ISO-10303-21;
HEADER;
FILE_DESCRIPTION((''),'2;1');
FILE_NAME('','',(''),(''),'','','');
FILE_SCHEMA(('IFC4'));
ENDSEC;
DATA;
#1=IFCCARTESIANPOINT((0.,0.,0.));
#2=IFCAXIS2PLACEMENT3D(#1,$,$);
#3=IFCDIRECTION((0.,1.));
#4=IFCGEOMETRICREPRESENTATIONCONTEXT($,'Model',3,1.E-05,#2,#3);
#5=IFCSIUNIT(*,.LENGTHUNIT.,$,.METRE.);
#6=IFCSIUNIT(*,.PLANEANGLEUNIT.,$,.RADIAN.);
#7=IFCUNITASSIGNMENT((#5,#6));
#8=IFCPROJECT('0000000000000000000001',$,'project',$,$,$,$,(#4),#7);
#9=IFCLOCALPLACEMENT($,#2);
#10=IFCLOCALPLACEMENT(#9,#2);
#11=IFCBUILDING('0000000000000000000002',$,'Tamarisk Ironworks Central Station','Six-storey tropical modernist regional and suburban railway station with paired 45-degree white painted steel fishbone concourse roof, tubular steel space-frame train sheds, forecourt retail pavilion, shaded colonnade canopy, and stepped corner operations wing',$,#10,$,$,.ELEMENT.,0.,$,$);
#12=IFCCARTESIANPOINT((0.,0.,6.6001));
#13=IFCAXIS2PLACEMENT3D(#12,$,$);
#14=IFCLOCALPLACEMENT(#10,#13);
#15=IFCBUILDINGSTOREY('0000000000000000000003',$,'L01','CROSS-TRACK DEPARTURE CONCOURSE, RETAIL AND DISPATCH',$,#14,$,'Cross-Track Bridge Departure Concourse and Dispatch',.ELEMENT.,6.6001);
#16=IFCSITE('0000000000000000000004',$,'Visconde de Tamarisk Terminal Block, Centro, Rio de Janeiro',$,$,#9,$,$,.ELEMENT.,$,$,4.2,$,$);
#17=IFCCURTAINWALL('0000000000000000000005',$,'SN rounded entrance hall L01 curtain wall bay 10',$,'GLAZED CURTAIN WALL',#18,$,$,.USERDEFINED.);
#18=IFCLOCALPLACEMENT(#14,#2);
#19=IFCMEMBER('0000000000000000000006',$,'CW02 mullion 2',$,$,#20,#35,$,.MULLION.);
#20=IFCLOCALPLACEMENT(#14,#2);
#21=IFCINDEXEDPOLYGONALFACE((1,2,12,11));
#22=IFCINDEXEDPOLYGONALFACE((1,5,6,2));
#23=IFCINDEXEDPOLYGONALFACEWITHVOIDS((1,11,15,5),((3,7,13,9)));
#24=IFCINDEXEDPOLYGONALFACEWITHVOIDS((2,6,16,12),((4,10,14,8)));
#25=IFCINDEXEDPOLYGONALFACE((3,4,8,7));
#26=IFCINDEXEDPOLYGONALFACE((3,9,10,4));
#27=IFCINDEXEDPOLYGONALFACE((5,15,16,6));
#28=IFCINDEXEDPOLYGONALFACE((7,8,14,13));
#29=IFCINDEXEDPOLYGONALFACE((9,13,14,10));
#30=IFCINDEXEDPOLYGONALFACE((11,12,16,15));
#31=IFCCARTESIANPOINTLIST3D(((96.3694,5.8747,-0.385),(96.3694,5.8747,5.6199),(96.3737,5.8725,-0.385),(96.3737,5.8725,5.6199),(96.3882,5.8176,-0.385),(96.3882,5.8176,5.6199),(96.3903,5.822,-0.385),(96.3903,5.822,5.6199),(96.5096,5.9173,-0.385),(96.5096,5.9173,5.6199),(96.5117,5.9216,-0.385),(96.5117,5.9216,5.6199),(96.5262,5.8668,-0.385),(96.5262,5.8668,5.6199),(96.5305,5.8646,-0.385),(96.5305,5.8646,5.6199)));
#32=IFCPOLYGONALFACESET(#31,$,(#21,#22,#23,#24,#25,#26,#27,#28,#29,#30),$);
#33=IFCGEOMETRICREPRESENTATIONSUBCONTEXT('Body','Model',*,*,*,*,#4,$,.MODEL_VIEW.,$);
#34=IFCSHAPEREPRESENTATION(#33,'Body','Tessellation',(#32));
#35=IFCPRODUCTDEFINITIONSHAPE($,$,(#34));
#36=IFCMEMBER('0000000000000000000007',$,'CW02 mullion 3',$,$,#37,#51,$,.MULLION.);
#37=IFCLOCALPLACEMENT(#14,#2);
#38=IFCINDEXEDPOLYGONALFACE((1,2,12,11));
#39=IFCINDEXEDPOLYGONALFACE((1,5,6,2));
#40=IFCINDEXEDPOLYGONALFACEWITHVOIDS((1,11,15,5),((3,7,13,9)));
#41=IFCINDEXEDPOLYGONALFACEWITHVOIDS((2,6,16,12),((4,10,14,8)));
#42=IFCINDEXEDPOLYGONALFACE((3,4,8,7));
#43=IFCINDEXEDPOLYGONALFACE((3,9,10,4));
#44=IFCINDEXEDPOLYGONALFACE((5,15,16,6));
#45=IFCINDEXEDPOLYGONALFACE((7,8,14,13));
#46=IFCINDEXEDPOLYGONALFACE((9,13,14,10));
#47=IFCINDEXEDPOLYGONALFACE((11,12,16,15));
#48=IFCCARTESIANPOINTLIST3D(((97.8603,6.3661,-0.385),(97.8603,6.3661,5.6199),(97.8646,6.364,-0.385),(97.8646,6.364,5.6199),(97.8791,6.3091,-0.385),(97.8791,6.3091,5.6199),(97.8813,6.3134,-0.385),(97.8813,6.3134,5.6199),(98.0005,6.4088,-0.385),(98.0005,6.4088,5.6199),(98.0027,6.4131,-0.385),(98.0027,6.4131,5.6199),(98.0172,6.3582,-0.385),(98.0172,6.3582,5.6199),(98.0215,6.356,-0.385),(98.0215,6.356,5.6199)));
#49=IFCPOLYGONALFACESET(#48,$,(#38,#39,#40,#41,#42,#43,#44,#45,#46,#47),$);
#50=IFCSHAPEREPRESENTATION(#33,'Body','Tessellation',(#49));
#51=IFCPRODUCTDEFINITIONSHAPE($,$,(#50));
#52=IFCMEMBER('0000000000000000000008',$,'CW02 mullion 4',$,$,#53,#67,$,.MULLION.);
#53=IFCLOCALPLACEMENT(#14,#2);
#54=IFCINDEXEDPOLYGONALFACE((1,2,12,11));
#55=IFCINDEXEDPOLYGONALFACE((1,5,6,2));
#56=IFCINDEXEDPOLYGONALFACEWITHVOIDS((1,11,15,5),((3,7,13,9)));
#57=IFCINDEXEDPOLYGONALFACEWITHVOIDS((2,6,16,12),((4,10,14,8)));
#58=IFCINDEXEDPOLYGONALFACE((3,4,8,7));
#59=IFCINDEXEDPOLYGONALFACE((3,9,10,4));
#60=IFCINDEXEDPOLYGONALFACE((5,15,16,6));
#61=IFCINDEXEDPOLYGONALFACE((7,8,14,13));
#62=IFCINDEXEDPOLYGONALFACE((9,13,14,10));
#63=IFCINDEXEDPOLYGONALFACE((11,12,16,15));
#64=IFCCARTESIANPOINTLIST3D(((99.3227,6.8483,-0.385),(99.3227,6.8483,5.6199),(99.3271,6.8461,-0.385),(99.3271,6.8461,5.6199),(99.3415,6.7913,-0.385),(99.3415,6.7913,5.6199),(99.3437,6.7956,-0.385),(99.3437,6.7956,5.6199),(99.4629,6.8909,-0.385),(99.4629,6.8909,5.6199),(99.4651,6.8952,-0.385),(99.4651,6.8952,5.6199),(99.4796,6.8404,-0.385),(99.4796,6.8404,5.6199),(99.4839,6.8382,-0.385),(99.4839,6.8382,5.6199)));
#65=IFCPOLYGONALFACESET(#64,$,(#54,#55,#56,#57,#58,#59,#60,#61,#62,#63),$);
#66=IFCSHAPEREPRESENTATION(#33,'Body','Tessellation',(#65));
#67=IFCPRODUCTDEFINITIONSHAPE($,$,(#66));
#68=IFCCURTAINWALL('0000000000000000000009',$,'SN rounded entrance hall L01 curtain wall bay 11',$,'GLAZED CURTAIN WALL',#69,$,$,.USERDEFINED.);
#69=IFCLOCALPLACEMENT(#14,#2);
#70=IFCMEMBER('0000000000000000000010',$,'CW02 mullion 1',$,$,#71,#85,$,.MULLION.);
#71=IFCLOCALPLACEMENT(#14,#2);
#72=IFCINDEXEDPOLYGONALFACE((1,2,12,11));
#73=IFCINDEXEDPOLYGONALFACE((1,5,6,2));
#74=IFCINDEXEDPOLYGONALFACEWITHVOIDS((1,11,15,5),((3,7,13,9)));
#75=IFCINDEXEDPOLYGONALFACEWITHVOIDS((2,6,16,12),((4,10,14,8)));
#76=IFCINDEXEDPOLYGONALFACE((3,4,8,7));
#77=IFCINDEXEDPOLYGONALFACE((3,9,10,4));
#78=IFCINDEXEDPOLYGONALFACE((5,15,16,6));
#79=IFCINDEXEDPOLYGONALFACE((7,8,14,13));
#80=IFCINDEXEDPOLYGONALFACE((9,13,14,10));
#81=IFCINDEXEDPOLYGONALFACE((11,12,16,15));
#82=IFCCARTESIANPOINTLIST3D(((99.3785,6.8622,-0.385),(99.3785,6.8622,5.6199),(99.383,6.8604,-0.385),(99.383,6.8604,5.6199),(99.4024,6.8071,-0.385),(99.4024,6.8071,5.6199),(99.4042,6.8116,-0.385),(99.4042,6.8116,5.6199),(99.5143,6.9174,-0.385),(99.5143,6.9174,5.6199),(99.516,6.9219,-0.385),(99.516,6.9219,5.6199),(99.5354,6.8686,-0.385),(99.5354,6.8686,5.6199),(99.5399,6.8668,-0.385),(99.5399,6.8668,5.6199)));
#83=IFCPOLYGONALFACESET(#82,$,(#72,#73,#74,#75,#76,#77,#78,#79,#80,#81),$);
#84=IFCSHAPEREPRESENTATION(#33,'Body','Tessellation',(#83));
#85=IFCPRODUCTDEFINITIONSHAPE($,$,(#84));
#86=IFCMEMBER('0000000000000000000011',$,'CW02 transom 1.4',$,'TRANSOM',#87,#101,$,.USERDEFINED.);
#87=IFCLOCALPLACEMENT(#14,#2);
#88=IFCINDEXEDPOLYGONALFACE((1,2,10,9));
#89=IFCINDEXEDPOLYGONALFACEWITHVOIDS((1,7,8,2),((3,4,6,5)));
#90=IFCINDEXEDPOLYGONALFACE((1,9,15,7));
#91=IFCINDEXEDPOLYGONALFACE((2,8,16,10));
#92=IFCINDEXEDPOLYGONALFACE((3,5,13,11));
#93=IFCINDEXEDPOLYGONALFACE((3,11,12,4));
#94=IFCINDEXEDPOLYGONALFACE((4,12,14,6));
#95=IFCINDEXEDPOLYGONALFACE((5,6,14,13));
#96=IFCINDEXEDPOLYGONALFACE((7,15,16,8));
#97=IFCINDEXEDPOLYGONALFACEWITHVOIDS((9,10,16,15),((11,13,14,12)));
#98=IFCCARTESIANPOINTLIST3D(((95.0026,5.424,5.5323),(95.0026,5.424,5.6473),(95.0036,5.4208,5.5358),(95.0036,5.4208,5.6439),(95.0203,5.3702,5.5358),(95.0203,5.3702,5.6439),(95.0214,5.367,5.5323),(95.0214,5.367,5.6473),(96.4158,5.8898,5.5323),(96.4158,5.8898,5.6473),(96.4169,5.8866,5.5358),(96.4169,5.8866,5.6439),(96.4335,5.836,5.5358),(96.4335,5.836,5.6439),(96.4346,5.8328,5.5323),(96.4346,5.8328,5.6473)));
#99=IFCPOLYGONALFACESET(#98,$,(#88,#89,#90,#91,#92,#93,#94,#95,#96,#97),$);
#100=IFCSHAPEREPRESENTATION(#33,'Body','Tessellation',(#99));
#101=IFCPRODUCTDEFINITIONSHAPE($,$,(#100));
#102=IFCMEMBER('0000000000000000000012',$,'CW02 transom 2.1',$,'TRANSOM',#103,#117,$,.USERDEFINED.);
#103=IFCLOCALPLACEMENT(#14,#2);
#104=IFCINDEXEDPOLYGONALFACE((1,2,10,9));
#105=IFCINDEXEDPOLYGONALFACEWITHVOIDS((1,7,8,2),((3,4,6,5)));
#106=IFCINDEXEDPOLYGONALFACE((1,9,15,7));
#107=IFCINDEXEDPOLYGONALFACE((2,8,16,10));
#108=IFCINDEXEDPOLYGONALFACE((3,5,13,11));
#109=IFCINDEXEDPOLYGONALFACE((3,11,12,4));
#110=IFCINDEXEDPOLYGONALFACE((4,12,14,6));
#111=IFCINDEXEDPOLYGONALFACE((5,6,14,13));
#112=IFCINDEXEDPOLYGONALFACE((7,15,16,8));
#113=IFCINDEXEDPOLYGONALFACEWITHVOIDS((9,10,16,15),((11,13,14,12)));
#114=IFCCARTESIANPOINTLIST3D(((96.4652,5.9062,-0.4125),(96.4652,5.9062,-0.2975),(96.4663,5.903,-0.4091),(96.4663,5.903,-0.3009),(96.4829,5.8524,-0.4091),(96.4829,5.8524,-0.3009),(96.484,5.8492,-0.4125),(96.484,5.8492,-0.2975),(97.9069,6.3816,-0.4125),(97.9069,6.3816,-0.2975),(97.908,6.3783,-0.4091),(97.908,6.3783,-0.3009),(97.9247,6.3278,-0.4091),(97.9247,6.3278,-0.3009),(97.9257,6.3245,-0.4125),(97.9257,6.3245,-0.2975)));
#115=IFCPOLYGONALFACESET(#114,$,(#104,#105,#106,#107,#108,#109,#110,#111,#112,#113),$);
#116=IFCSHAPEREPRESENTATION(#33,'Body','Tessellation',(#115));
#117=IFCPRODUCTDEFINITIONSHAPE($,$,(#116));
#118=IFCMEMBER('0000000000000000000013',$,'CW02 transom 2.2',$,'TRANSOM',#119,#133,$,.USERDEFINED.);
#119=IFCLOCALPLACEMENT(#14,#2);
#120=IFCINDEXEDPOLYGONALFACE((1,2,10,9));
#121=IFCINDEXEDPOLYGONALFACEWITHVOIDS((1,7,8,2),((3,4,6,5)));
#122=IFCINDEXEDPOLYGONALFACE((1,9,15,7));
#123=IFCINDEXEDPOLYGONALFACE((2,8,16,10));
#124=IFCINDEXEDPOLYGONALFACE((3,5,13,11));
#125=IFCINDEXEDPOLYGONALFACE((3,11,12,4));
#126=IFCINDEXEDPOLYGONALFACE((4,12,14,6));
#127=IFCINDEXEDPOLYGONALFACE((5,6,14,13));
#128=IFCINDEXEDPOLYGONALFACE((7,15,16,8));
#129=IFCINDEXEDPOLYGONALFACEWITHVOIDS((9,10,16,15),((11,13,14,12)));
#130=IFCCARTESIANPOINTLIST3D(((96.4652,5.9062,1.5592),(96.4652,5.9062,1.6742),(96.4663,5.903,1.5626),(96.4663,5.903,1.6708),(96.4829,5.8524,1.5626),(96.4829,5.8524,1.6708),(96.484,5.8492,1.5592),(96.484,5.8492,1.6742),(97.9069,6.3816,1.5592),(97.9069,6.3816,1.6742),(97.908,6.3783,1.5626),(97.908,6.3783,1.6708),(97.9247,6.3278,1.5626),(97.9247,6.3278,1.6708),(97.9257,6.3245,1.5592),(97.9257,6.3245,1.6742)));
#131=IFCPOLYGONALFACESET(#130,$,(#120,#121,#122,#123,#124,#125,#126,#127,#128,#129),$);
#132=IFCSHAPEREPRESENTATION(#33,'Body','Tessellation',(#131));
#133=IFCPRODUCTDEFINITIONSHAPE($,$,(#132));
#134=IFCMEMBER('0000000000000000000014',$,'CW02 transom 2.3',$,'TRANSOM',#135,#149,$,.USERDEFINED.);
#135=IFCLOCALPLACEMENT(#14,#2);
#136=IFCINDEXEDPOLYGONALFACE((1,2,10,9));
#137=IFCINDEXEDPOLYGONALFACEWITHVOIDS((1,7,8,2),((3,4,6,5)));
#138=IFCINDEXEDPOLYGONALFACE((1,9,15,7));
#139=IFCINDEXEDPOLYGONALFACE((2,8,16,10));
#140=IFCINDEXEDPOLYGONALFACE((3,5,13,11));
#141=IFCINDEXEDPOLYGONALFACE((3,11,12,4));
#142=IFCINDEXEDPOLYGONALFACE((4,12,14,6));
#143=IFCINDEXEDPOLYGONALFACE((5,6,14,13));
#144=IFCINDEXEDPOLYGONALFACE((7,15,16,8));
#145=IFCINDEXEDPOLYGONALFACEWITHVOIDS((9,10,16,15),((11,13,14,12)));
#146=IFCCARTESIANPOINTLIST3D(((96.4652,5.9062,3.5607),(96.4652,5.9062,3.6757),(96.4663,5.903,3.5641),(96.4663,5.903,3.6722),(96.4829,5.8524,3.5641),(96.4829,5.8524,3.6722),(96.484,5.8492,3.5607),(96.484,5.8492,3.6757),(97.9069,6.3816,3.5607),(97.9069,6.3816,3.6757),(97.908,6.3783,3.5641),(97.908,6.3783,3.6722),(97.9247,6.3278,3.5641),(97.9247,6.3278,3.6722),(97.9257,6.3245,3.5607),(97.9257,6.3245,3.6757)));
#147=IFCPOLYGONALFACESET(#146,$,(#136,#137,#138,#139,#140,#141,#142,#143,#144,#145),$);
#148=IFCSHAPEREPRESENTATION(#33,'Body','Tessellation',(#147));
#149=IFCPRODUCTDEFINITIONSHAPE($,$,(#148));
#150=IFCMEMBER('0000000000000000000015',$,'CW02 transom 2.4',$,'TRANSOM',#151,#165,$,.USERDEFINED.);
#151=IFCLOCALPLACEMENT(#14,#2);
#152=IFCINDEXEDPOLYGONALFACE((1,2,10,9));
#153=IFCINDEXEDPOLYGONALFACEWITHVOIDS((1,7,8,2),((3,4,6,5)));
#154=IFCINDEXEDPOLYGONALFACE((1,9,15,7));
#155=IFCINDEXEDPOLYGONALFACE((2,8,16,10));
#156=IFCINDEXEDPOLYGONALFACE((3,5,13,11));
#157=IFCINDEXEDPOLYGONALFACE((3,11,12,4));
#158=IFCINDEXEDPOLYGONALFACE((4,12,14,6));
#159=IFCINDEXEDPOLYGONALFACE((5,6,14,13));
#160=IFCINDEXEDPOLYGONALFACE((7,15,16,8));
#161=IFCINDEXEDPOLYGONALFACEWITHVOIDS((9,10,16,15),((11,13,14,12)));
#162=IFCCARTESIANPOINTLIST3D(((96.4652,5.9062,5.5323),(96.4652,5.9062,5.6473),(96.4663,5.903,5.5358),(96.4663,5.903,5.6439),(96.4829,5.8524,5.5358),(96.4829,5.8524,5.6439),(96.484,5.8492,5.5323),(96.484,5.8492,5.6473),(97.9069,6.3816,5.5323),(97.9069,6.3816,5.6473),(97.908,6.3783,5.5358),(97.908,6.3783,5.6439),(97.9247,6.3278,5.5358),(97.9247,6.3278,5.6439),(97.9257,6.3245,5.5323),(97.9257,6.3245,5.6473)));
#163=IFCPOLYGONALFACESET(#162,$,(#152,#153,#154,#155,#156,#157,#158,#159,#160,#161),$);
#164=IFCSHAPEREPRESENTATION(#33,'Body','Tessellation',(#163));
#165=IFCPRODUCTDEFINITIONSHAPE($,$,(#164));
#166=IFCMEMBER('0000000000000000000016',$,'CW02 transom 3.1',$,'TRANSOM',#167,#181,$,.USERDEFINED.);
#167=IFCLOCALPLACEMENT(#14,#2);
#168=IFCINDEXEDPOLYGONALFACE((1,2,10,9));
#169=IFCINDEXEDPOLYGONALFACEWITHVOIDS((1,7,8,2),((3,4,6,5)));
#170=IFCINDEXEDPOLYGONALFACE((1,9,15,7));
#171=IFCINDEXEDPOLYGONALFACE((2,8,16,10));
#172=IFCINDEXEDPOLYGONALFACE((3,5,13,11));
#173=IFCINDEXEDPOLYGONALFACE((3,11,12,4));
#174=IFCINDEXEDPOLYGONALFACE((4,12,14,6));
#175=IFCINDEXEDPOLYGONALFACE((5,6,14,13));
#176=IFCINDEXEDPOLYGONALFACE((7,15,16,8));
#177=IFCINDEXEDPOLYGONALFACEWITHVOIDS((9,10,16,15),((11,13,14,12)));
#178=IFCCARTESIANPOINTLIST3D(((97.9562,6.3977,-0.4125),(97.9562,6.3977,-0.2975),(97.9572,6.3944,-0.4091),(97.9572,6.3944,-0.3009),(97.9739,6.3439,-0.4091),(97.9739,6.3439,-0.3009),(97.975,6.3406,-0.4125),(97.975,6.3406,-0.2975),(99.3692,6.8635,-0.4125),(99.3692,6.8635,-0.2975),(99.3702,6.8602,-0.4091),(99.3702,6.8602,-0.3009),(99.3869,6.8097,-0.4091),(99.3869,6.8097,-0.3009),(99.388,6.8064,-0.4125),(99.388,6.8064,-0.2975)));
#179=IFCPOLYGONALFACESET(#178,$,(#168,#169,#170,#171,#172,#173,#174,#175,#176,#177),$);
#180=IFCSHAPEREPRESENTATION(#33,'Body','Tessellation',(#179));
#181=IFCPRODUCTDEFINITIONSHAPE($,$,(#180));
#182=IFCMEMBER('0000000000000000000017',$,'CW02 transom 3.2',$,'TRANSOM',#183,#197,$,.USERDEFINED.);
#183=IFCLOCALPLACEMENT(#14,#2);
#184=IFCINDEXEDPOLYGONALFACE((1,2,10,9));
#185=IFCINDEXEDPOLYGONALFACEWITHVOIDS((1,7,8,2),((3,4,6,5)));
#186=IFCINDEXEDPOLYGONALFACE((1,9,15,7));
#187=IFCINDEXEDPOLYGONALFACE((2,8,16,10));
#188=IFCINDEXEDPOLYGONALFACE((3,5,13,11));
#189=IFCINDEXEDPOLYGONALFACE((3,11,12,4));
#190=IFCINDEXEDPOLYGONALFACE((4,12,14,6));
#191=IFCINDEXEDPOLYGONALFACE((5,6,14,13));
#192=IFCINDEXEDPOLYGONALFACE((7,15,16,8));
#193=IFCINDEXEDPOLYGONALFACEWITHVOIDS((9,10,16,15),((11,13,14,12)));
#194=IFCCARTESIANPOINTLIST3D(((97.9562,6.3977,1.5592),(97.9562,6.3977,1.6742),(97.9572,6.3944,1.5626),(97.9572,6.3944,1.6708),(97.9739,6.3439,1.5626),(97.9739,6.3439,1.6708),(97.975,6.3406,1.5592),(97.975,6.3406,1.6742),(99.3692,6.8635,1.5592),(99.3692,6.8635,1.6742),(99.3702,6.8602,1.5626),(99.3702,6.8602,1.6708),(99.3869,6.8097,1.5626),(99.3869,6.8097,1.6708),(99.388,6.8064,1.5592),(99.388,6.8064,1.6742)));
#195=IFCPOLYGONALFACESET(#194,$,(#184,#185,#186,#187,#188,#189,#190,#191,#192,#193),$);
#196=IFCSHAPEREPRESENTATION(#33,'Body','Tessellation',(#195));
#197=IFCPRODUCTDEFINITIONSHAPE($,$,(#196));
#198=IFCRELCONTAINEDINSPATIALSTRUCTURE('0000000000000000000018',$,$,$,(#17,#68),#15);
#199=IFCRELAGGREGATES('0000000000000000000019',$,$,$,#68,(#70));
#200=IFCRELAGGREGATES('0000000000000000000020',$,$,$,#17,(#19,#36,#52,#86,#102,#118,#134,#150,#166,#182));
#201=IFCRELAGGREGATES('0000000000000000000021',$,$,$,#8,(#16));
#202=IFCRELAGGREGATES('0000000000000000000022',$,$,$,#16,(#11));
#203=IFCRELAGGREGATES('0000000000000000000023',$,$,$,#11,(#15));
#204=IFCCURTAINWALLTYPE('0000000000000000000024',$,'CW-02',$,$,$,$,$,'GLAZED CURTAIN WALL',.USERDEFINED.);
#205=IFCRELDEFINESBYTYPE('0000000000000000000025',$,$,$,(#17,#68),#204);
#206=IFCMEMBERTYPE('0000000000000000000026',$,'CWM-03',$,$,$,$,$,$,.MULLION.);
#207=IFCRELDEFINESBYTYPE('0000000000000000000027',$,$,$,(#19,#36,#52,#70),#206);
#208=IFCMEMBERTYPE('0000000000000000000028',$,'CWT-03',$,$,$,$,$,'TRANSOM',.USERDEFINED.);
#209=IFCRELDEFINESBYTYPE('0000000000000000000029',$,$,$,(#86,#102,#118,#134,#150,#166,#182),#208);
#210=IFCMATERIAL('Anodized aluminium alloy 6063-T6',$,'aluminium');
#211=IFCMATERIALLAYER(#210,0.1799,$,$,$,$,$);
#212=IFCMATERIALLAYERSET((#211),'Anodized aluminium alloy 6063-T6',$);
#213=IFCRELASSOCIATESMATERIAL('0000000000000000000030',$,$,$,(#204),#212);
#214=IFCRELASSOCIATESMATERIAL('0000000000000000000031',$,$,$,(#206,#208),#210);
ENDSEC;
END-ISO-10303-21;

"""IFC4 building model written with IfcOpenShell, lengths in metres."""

from ifc_helpers import new_model, si_unit, direction, frame, origin, origin_2d, place, context, subcontext, project, spatial, hollow_rectangle, extrude, material, layer, layer_set, material_profile, profile_set, type_object, element, aggregate, save


model = new_model("IFC4")

# Units and contexts
model_context = context("Model", 3, precision=1e-05, world=origin(), true_north=direction((0.0, 1.0)))
body_context = subcontext(model_context, "Body", "Model", "MODEL_VIEW")
ifc_project = project(units=[si_unit("LENGTHUNIT", "METRE"), si_unit("PLANEANGLEUNIT", "RADIAN")], contexts=[model_context])

# Site, building, storey
site_placement = place(None, origin())
site = spatial("IfcSite", under=ifc_project, at=site_placement, Name="Visconde de Tamarisk Terminal Block, Centro, Rio de Janeiro", CompositionType="ELEMENT", RefElevation=4.2)
building_placement = place(site_placement, origin())
building = spatial("IfcBuilding", under=site, at=building_placement, Name="Tamarisk Ironworks Central Station", Description="Six-storey tropical modernist regional and suburban railway station with paired 45-degree white painted steel fishbone concourse roof, tubular steel space-frame train sheds, forecourt retail pavilion, shaded colonnade canopy, and stepped corner operations wing", CompositionType="ELEMENT", ElevationOfRefHeight=0.0)
storey_placement = place(building_placement, frame((0.0, 0.0, 6.6001)))
storey = spatial("IfcBuildingStorey", under=building, at=storey_placement, Name="L01", Description="CROSS-TRACK DEPARTURE CONCOURSE, RETAIL AND DISPATCH", LongName="Cross-Track Bridge Departure Concourse and Dispatch", CompositionType="ELEMENT", Elevation=6.6001)

# Curtain wall, members
ifc_material_1 = material(Name="Anodized aluminium alloy 6063-T6", Category="aluminium")
ifc_layer_1 = layer(ifc_material_1, 0.1799)
ifc_layer_set_1 = layer_set([ifc_layer_1], Name="Anodized aluminium alloy 6063-T6")
curtain_wall_type = type_object("IfcCurtainWallType", Name="CW-02", ElementType="GLAZED CURTAIN WALL", PredefinedType="USERDEFINED", material=ifc_layer_set_1)
curtain_wall_1_placement = place(storey_placement, origin())
curtain_wall_1 = element("IfcCurtainWall", 1, at=curtain_wall_1_placement, inside=storey, type_object=curtain_wall_type, Name="SN rounded entrance hall L01 curtain wall bay 10", ObjectType="GLAZED CURTAIN WALL", PredefinedType="USERDEFINED")
ifc_material_profile_1 = material_profile(ifc_material_1, hollow_rectangle(XDim=0.0601, YDim=0.1499, WallThickness=0.0034, at=origin_2d()), Name="ALUM 150x60")
ifc_profile_set_1 = profile_set([ifc_material_profile_1], Name="Anodized aluminium alloy 6063-T6")
member_type_1 = type_object("IfcMemberType", Name="CWM-03", PredefinedType="MULLION", material=ifc_profile_set_1)
member_1_placement = place(storey_placement, frame((96.45, 5.8696, -0.385), z_axis=(0.0, 0.0, 1.0), x_axis=(-0.313098, 0.949721, 0.0)))
member_1 = element("IfcMember", 2, at=member_1_placement, type_object=member_type_1, Name="CW02 mullion 2", PredefinedType="MULLION", context=body_context, shape_type="SweptSolid", body=[
    extrude(hollow_rectangle(XDim=0.0601, YDim=0.1499, WallThickness=0.0034, at=origin_2d()), origin(), (0.0, 0.0, 1.0), 6.0049),
])
member_2_placement = place(storey_placement, frame((97.9409, 6.3611, -0.385), z_axis=(0.0, 0.0, 1.0), x_axis=(-0.313098, 0.949721, 0.0)))
member_2 = element("IfcMember", 3, at=member_2_placement, type_object=member_type_1, Name="CW02 mullion 3", PredefinedType="MULLION", context=body_context, shape_type="SweptSolid", body=[
    extrude(hollow_rectangle(XDim=0.0601, YDim=0.1499, WallThickness=0.0034, at=origin_2d()), origin(), (0.0, 0.0, 1.0), 6.0049),
])
member_3_placement = place(storey_placement, frame((99.4033, 6.8433, -0.385), z_axis=(0.0, 0.0, 1.0), x_axis=(-0.313098, 0.949721, 0.0)))
member_3 = element("IfcMember", 4, at=member_3_placement, type_object=member_type_1, Name="CW02 mullion 4", PredefinedType="MULLION", context=body_context, shape_type="SweptSolid", body=[
    extrude(hollow_rectangle(XDim=0.0601, YDim=0.1499, WallThickness=0.0034, at=origin_2d()), origin(), (0.0, 0.0, 1.0), 6.0049),
])

# Curtain wall, member
curtain_wall_2_placement = place(storey_placement, origin())
curtain_wall_2 = element("IfcCurtainWall", 5, at=curtain_wall_2_placement, inside=storey, type_object=curtain_wall_type, Name="SN rounded entrance hall L01 curtain wall bay 11", ObjectType="GLAZED CURTAIN WALL", PredefinedType="USERDEFINED")
member_4_placement = place(storey_placement, frame((99.4592, 6.8645, -0.385), z_axis=(0.0, 0.0, 1.0), x_axis=(-0.398077, 0.917352, 0.0)))
member_4 = element("IfcMember", 6, at=member_4_placement, type_object=member_type_1, Name="CW02 mullion 1", PredefinedType="MULLION", context=body_context, shape_type="SweptSolid", body=[
    extrude(hollow_rectangle(XDim=0.0601, YDim=0.1499, WallThickness=0.0034, at=origin_2d()), origin(), (0.0, 0.0, 1.0), 6.0049),
])

# Members
ifc_material_profile_2 = material_profile(ifc_material_1, hollow_rectangle(XDim=0.0601, YDim=0.115, WallThickness=0.0034, at=origin_2d()), Name="ALUM 115x60")
ifc_profile_set_2 = profile_set([ifc_material_profile_2], Name="Anodized aluminium alloy 6063-T6")
member_type_2 = type_object("IfcMemberType", Name="CWT-03", ElementType="TRANSOM", PredefinedType="USERDEFINED", material=ifc_profile_set_2)
member_5_placement = place(storey_placement, frame((95.012, 5.3955, 5.5898), z_axis=(0.949744, 0.313027, 0.0), x_axis=(-0.313027, 0.949744, 0.0)))
member_5 = element("IfcMember", 7, at=member_5_placement, type_object=member_type_2, Name="CW02 transom 1.4", ObjectType="TRANSOM", PredefinedType="USERDEFINED", context=body_context, shape_type="SweptSolid", body=[
    extrude(hollow_rectangle(XDim=0.0601, YDim=0.115, WallThickness=0.0034, at=origin_2d()), origin(), (0.0, 0.0, 1.0), 1.488),
])
member_6_placement = place(storey_placement, frame((96.4746, 5.8777, -0.355), z_axis=(0.949708, 0.313138, 0.0), x_axis=(-0.313138, 0.949708, 0.0)))
member_6 = element("IfcMember", 8, at=member_6_placement, type_object=member_type_2, Name="CW02 transom 2.1", ObjectType="TRANSOM", PredefinedType="USERDEFINED", context=body_context, shape_type="SweptSolid", body=[
    extrude(hollow_rectangle(XDim=0.0601, YDim=0.115, WallThickness=0.0034, at=origin_2d()), origin(), (0.0, 0.0, 1.0), 1.5181),
])
member_7_placement = place(storey_placement, frame((96.4746, 5.8777, 1.6167), z_axis=(0.949708, 0.313138, 0.0), x_axis=(-0.313138, 0.949708, 0.0)))
member_7 = element("IfcMember", 9, at=member_7_placement, type_object=member_type_2, Name="CW02 transom 2.2", ObjectType="TRANSOM", PredefinedType="USERDEFINED", context=body_context, shape_type="SweptSolid", body=[
    extrude(hollow_rectangle(XDim=0.0601, YDim=0.115, WallThickness=0.0034, at=origin_2d()), origin(), (0.0, 0.0, 1.0), 1.5181),
])
member_8_placement = place(storey_placement, frame((96.4746, 5.8777, 3.6182), z_axis=(0.949708, 0.313138, 0.0), x_axis=(-0.313138, 0.949708, 0.0)))
member_8 = element("IfcMember", 10, at=member_8_placement, type_object=member_type_2, Name="CW02 transom 2.3", ObjectType="TRANSOM", PredefinedType="USERDEFINED", context=body_context, shape_type="SweptSolid", body=[
    extrude(hollow_rectangle(XDim=0.0601, YDim=0.115, WallThickness=0.0034, at=origin_2d()), origin(), (0.0, 0.0, 1.0), 1.5181),
])
member_9_placement = place(storey_placement, frame((96.4746, 5.8777, 5.5898), z_axis=(0.949708, 0.313138, 0.0), x_axis=(-0.313138, 0.949708, 0.0)))
member_9 = element("IfcMember", 11, at=member_9_placement, type_object=member_type_2, Name="CW02 transom 2.4", ObjectType="TRANSOM", PredefinedType="USERDEFINED", context=body_context, shape_type="SweptSolid", body=[
    extrude(hollow_rectangle(XDim=0.0601, YDim=0.115, WallThickness=0.0034, at=origin_2d()), origin(), (0.0, 0.0, 1.0), 1.5181),
])
member_10_placement = place(storey_placement, frame((97.9656, 6.3691, -0.355), z_axis=(0.949728, 0.313076, 0.0), x_axis=(-0.313076, 0.949728, 0.0)))
member_10 = element("IfcMember", 12, at=member_10_placement, type_object=member_type_2, Name="CW02 transom 3.1", ObjectType="TRANSOM", PredefinedType="USERDEFINED", context=body_context, shape_type="SweptSolid", body=[
    extrude(hollow_rectangle(XDim=0.0601, YDim=0.115, WallThickness=0.0034, at=origin_2d()), origin(), (0.0, 0.0, 1.0), 1.4878),
])
member_11_placement = place(storey_placement, frame((97.9656, 6.3691, 1.6167), z_axis=(0.949728, 0.313076, 0.0), x_axis=(-0.313076, 0.949728, 0.0)))
member_11 = element("IfcMember", 13, at=member_11_placement, type_object=member_type_2, Name="CW02 transom 3.2", ObjectType="TRANSOM", PredefinedType="USERDEFINED", context=body_context, shape_type="SweptSolid", body=[
    extrude(hollow_rectangle(XDim=0.0601, YDim=0.115, WallThickness=0.0034, at=origin_2d()), origin(), (0.0, 0.0, 1.0), 1.4878),
])
aggregate(curtain_wall_2, [member_4])

aggregate(curtain_wall_1, [member_1, member_2, member_3, member_5, member_6, member_7, member_8, member_9, member_10, member_11])

save(model, "model.ifc")
